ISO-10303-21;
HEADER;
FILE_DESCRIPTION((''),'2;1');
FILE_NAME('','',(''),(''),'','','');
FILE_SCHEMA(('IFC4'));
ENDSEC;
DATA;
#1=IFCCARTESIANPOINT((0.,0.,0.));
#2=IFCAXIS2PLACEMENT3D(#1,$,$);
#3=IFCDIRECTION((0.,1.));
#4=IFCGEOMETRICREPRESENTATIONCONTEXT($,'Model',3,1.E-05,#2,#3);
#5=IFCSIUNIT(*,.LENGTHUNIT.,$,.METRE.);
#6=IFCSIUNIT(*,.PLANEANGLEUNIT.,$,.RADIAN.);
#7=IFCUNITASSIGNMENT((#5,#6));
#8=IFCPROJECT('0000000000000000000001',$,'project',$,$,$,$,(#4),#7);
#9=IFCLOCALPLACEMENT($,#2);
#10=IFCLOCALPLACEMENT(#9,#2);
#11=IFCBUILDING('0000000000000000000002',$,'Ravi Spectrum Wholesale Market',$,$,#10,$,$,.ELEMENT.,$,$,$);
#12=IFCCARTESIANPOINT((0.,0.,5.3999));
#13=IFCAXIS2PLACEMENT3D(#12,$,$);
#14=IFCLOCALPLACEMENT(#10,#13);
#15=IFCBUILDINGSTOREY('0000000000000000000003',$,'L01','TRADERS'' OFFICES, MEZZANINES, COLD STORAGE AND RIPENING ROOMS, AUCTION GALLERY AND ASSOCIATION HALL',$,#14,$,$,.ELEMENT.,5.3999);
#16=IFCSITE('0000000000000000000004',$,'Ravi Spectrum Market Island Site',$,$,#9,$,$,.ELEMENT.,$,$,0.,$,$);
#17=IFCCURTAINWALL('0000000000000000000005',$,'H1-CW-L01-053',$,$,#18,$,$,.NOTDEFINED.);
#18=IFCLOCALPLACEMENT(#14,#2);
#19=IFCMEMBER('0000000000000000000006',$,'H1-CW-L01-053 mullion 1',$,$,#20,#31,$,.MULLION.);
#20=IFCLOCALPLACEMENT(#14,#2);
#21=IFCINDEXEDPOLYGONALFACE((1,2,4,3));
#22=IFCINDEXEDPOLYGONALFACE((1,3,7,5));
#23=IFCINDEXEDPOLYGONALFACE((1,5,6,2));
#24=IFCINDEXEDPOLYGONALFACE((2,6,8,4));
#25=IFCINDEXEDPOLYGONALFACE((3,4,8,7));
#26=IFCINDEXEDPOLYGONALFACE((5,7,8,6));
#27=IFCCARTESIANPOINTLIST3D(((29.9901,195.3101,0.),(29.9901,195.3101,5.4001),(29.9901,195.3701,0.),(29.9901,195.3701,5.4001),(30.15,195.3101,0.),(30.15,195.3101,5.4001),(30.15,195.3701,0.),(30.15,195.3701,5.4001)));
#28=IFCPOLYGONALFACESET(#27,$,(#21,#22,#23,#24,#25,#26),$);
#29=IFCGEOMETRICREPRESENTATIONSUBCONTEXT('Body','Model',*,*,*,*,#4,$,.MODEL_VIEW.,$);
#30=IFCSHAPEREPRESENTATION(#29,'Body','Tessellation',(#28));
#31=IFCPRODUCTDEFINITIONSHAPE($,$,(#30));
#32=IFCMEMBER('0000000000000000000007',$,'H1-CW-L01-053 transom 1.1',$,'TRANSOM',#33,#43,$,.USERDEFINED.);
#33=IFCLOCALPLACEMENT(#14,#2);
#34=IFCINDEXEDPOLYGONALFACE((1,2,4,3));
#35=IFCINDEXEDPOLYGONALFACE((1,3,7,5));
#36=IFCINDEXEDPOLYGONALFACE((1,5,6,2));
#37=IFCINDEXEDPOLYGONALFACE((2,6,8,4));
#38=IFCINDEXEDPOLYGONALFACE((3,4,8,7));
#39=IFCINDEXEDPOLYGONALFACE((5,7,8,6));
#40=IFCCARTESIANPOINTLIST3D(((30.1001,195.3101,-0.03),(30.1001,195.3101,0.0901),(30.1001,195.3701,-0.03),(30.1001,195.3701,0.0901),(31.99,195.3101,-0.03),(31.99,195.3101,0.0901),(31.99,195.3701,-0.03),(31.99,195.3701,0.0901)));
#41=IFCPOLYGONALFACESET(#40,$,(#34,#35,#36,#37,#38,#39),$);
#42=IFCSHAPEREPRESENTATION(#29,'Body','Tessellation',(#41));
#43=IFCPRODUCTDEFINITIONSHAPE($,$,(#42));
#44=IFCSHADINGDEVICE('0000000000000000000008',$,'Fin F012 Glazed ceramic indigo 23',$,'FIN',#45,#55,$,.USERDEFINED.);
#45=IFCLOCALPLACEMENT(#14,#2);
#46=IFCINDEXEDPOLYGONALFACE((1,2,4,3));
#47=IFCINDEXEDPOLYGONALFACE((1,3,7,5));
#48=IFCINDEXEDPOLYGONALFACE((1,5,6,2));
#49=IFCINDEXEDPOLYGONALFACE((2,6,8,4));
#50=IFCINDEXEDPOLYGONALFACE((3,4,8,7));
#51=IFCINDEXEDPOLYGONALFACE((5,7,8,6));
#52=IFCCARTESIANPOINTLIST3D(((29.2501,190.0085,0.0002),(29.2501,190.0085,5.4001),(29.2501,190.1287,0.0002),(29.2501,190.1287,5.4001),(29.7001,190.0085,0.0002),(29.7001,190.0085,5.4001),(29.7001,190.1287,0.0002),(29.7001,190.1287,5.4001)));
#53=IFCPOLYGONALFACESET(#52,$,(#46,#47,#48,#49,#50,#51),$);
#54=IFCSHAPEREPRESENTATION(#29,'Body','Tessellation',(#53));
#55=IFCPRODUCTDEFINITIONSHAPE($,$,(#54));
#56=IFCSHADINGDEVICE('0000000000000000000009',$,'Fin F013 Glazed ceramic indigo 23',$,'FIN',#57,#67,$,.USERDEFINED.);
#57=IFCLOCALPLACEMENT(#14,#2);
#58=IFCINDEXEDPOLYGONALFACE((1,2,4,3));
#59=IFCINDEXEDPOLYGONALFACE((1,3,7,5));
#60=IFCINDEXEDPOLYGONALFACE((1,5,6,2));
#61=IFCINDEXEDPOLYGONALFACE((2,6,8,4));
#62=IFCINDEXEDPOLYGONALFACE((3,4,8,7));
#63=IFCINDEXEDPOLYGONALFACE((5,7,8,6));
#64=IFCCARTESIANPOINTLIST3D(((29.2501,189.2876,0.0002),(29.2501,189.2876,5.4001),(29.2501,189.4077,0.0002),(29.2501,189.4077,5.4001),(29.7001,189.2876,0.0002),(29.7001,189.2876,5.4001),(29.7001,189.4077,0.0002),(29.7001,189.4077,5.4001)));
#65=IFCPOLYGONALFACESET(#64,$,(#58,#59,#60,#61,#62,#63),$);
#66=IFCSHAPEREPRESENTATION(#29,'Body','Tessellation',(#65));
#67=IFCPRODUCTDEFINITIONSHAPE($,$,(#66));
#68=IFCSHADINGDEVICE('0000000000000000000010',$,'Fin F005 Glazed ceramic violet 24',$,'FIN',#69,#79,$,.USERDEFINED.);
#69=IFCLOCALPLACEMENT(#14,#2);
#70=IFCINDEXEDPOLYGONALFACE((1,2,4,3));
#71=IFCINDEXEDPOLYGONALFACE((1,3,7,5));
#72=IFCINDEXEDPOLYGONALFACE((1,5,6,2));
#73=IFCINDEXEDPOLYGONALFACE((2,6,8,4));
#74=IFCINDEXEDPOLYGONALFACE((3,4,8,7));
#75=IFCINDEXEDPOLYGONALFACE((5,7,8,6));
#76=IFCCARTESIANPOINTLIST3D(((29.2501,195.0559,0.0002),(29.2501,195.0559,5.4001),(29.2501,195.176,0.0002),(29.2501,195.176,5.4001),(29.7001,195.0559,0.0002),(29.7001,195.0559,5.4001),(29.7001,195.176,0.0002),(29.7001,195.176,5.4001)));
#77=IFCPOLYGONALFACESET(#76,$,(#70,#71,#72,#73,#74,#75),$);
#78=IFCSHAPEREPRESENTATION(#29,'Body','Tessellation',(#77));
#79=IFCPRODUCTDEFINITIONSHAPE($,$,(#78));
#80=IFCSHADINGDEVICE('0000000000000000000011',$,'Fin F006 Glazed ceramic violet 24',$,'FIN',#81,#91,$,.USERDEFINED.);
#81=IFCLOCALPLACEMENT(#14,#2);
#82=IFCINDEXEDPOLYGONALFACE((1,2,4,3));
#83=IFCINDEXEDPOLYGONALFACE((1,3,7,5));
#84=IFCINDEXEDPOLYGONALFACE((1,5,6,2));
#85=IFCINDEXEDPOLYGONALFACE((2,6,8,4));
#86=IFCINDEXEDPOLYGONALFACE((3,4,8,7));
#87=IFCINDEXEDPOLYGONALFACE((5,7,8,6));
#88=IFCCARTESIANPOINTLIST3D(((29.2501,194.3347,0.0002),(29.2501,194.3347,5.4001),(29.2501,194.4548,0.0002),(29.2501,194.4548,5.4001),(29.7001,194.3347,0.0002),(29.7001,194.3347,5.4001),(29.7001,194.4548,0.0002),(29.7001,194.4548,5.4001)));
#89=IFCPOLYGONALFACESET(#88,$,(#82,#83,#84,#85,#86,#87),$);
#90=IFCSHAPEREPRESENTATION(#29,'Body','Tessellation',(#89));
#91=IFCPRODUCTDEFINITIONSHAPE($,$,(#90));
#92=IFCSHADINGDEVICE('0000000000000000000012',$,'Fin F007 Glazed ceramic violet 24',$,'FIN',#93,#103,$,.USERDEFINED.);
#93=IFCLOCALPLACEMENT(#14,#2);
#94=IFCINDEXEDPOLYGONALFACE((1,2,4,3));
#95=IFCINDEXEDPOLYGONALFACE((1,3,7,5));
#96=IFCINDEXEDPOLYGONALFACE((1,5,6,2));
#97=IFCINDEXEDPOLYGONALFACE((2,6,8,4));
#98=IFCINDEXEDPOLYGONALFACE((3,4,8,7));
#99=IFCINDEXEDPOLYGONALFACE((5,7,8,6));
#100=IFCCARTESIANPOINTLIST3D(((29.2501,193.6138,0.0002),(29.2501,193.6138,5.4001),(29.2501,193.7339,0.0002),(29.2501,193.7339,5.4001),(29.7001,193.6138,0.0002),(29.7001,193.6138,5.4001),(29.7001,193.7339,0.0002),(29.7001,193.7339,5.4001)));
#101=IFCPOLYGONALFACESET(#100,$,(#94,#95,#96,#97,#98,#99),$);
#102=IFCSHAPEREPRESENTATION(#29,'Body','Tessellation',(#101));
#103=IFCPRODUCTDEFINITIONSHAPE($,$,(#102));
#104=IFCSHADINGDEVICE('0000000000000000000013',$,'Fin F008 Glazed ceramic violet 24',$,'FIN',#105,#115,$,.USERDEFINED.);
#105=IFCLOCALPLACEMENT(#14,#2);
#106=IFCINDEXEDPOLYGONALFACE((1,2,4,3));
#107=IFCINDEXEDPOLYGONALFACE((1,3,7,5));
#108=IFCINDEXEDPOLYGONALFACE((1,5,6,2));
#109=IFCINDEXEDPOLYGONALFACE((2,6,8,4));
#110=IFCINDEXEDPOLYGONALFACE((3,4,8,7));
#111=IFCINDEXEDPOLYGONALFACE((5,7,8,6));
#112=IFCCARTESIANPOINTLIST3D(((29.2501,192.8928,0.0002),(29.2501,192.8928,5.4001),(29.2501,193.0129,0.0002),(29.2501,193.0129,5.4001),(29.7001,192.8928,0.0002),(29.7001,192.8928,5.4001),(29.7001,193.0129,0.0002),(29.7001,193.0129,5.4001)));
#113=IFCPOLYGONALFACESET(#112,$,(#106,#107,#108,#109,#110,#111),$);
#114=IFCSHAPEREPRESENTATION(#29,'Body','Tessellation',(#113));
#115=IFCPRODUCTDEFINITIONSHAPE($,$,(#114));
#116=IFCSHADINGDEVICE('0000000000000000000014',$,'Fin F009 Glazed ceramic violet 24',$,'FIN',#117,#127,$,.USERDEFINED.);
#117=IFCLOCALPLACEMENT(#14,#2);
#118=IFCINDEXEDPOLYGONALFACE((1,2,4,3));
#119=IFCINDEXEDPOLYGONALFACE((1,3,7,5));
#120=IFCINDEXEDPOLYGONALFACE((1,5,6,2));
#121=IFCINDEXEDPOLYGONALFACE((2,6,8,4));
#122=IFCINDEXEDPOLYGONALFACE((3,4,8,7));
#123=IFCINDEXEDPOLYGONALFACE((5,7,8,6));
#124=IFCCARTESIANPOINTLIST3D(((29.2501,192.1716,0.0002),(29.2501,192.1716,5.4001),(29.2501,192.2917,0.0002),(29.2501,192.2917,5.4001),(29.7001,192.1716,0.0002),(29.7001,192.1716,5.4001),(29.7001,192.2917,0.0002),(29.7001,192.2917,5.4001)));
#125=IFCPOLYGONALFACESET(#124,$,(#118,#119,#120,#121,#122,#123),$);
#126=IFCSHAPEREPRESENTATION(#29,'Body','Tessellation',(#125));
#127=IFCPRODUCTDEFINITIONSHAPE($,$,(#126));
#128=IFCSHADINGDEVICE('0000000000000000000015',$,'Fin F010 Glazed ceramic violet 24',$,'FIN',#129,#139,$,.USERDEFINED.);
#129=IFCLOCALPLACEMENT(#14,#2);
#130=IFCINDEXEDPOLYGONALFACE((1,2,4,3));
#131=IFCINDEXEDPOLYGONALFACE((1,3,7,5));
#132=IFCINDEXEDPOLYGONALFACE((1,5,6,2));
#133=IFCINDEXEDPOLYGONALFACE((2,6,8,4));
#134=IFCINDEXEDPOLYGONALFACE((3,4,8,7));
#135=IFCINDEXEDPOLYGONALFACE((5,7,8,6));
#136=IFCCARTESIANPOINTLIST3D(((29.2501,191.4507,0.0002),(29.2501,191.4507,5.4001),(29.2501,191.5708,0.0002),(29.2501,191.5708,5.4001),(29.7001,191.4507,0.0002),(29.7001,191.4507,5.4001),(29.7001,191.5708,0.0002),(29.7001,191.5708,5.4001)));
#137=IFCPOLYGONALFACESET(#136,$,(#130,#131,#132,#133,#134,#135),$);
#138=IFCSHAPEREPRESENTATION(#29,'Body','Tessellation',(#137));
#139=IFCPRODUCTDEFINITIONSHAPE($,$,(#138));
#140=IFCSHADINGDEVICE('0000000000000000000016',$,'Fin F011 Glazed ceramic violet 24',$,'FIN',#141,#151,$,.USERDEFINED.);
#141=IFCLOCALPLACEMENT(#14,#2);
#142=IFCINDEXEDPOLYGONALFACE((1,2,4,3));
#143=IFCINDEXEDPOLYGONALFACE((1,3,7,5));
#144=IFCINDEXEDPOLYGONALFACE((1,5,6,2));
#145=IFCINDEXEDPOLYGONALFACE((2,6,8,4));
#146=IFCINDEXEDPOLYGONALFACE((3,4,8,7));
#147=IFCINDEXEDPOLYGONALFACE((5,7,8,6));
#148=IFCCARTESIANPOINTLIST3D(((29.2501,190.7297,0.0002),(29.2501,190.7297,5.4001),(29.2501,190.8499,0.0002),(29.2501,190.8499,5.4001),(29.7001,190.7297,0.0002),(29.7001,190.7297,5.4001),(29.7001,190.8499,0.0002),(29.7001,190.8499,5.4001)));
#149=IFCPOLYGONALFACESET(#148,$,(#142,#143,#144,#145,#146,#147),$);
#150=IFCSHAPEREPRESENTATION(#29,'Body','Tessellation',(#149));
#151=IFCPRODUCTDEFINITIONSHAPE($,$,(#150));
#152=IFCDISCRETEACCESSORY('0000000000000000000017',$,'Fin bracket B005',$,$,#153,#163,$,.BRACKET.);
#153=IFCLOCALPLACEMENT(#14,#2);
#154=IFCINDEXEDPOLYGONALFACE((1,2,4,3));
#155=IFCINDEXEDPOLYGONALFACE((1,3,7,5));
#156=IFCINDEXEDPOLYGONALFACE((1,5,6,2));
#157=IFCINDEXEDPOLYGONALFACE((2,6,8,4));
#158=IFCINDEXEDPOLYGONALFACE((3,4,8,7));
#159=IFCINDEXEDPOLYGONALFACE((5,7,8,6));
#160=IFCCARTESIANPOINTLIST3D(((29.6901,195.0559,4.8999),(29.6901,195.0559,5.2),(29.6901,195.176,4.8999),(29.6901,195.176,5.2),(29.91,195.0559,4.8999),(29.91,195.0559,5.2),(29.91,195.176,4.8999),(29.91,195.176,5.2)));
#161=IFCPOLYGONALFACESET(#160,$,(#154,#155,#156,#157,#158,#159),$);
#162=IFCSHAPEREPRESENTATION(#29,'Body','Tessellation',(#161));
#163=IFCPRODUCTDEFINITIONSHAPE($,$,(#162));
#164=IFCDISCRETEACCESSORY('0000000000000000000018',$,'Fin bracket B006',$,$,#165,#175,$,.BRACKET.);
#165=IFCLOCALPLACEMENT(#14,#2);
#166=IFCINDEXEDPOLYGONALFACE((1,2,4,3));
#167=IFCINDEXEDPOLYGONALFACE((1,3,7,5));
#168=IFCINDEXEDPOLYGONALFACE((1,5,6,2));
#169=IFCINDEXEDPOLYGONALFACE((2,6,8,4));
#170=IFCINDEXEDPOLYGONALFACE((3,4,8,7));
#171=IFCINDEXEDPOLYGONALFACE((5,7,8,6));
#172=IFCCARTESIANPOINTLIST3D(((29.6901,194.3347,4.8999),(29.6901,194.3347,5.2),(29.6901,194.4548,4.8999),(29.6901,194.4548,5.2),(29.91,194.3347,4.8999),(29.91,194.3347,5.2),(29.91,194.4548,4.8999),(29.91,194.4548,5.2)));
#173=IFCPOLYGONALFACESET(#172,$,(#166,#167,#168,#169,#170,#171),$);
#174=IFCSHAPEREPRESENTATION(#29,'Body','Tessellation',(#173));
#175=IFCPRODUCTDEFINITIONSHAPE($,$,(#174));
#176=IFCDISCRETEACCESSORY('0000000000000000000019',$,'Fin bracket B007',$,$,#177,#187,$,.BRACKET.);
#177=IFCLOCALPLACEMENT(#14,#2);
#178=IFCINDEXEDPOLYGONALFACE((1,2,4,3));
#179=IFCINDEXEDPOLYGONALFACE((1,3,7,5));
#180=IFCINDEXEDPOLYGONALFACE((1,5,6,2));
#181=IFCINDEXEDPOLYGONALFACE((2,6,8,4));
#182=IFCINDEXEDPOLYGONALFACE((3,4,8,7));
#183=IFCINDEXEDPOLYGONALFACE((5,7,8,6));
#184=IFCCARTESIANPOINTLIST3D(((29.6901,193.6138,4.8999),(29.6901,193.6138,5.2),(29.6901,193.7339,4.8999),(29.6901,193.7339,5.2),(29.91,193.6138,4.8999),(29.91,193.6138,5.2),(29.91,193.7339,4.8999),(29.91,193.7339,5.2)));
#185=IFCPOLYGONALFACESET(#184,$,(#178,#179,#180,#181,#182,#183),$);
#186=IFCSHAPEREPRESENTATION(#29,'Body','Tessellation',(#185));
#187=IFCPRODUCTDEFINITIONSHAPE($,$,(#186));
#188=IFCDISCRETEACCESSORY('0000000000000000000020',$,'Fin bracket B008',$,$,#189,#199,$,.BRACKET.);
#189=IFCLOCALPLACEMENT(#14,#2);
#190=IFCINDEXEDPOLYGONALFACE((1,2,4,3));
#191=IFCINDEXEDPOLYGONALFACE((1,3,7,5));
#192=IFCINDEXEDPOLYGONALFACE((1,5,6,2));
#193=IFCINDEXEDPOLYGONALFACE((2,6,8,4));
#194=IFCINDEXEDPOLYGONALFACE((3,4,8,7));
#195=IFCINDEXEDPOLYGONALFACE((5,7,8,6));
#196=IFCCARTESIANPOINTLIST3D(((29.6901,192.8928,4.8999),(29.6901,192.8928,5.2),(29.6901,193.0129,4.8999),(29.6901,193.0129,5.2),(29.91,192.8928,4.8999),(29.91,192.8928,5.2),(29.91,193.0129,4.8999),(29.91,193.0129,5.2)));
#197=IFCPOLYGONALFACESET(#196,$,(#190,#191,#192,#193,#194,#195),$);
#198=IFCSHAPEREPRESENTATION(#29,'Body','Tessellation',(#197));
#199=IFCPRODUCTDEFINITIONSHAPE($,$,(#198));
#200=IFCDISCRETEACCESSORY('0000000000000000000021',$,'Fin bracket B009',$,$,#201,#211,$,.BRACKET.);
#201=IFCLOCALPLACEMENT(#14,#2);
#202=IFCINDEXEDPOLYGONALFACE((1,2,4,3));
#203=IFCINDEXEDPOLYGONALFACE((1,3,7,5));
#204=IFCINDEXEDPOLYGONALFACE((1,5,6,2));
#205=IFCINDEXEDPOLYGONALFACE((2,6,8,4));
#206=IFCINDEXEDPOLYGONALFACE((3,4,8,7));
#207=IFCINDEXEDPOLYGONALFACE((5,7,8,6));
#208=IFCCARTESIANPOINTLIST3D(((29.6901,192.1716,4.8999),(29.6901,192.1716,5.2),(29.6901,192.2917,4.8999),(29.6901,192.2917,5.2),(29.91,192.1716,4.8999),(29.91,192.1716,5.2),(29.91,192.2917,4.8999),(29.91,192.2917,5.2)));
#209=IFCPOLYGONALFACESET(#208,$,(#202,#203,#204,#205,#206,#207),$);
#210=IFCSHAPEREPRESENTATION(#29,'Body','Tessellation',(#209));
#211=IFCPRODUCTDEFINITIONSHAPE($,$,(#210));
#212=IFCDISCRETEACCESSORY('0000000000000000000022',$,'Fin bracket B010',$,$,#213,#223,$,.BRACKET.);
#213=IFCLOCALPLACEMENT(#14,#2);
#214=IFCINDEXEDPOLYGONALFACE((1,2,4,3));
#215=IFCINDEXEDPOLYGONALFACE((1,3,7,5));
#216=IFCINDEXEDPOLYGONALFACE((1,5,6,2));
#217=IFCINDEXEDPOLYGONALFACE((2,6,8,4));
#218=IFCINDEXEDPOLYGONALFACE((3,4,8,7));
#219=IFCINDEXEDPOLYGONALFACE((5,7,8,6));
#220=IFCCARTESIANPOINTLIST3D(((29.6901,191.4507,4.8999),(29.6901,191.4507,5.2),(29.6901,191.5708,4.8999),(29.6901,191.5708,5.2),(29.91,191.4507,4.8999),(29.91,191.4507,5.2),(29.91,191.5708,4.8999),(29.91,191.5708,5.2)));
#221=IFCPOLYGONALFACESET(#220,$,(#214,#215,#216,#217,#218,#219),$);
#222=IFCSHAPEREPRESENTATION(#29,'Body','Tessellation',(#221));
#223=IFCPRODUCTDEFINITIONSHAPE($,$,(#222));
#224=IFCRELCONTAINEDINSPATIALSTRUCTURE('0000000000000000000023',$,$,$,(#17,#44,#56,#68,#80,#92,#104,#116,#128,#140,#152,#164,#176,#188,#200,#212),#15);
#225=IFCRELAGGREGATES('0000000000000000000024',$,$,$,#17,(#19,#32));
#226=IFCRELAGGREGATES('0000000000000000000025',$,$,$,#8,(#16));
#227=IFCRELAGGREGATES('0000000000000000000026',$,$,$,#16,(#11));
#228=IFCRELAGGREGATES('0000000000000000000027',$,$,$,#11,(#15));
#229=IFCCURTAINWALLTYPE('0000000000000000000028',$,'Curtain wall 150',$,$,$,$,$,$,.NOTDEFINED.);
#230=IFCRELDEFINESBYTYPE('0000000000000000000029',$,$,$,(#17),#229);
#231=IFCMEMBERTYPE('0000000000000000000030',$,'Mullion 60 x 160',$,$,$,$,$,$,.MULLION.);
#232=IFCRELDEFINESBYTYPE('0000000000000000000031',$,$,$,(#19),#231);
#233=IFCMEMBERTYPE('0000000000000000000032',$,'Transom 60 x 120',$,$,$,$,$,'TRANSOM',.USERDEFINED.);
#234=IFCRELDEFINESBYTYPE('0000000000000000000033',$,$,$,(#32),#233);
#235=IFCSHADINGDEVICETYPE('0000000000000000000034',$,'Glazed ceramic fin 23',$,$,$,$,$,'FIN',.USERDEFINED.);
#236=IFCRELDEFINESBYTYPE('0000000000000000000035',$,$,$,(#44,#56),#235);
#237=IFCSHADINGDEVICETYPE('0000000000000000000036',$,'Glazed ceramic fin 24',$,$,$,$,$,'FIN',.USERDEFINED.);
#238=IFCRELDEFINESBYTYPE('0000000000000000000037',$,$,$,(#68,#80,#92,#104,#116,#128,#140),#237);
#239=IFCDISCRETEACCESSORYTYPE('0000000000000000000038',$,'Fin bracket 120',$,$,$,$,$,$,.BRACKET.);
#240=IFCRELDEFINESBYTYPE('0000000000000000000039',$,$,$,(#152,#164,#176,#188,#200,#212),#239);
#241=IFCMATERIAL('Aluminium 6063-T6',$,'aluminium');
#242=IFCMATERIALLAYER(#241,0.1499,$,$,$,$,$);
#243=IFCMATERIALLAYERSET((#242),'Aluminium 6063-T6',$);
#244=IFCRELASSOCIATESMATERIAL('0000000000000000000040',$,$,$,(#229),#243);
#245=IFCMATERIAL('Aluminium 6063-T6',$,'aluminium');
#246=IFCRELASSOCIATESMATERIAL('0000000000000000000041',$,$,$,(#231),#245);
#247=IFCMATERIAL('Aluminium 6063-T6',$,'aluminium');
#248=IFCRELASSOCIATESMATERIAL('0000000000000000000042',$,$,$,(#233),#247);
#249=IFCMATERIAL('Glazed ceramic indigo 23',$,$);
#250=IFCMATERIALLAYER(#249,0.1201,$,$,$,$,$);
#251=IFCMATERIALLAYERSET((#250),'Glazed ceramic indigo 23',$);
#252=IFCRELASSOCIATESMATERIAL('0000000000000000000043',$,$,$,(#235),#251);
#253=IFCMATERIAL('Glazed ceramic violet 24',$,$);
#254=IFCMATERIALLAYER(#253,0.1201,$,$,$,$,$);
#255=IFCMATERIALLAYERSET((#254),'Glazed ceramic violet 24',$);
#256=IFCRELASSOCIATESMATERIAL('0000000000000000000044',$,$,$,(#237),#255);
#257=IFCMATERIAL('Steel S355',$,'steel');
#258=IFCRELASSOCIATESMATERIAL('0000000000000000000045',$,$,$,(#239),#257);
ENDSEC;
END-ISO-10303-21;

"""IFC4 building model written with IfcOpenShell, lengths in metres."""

from ifc_helpers import new_model, si_unit, direction, frame, origin, origin_2d, place, context, subcontext, project, spatial, rectangle, extrude, material, layer, layer_set, material_profile, profile_set, type_object, element, aggregate, save


model = new_model("IFC4")

# Units and contexts
model_context = context("Model", 3, precision=1e-05, world=origin(), true_north=direction((0.0, 1.0)))
body_context = subcontext(model_context, "Body", "Model", "MODEL_VIEW")
ifc_project = project(units=[si_unit("LENGTHUNIT", "METRE"), si_unit("PLANEANGLEUNIT", "RADIAN")], contexts=[model_context])

# Site, building, storey
site_placement = place(None, origin())
site = spatial("IfcSite", under=ifc_project, at=site_placement, Name="Ravi Spectrum Market Island Site", CompositionType="ELEMENT", RefElevation=0.0)
building_placement = place(site_placement, origin())
building = spatial("IfcBuilding", under=site, at=building_placement, Name="Ravi Spectrum Wholesale Market", CompositionType="ELEMENT")
storey_placement = place(building_placement, frame((0.0, 0.0, 5.3999)))
storey = spatial("IfcBuildingStorey", under=building, at=storey_placement, Name="L01", Description="TRADERS' OFFICES, MEZZANINES, COLD STORAGE AND RIPENING ROOMS, AUCTION GALLERY AND ASSOCIATION HALL", CompositionType="ELEMENT", Elevation=5.3999)

# Curtain wall, members
ifc_material_1 = material(Name="Aluminium 6063-T6", Category="aluminium")
ifc_layer_1 = layer(ifc_material_1, 0.1499)
ifc_layer_set_1 = layer_set([ifc_layer_1], Name="Aluminium 6063-T6")
curtain_wall_type = type_object("IfcCurtainWallType", Name="Curtain wall 150", PredefinedType="NOTDEFINED", material=ifc_layer_set_1)
curtain_wall_placement = place(storey_placement, origin())
curtain_wall = element("IfcCurtainWall", 1, at=curtain_wall_placement, inside=storey, type_object=curtain_wall_type, Name="H1-CW-L01-053", PredefinedType="NOTDEFINED")
ifc_material_2 = material(Name="Aluminium 6063-T6", Category="aluminium")
ifc_material_profile_1 = material_profile(ifc_material_2, rectangle(XDim=0.0601, YDim=0.1599, at=origin_2d()))
ifc_profile_set_1 = profile_set([ifc_material_profile_1], Name="Aluminium 6063-T6")
member_type_1 = type_object("IfcMemberType", Name="Mullion 60 x 160", PredefinedType="MULLION", material=ifc_profile_set_1)
member_1_placement = place(storey_placement, frame((30.0701, 195.3401, 0.0), z_axis=(0.0, 0.0, 1.0), x_axis=(0.0, 1.0, 0.0)))
member_1 = element("IfcMember", 2, at=member_1_placement, type_object=member_type_1, Name="H1-CW-L01-053 mullion 1", PredefinedType="MULLION", context=body_context, shape_type="SweptSolid", body=[
    extrude(rectangle(XDim=0.0601, YDim=0.1599, at=origin_2d()), origin(), (0.0, 0.0, 1.0), 5.4001),
])
ifc_material_3 = material(Name="Aluminium 6063-T6", Category="aluminium")
ifc_material_profile_2 = material_profile(ifc_material_3, rectangle(XDim=0.0601, YDim=0.1201, at=origin_2d()))
ifc_profile_set_2 = profile_set([ifc_material_profile_2], Name="Aluminium 6063-T6")
member_type_2 = type_object("IfcMemberType", Name="Transom 60 x 120", ElementType="TRANSOM", PredefinedType="USERDEFINED", material=ifc_profile_set_2)
member_2_placement = place(storey_placement, frame((30.1001, 195.3401, 0.03), z_axis=(1.0, 0.0, 0.0), x_axis=(0.0, 1.0, 0.0)))
member_2 = element("IfcMember", 3, at=member_2_placement, type_object=member_type_2, Name="H1-CW-L01-053 transom 1.1", ObjectType="TRANSOM", PredefinedType="USERDEFINED", context=body_context, shape_type="SweptSolid", body=[
    extrude(rectangle(XDim=0.0601, YDim=0.1201, at=origin_2d()), origin(), (0.0, 0.0, 1.0), 1.8899),
])
aggregate(curtain_wall, [member_1, member_2])

# Shading devices
ifc_material_4 = material(Name="Glazed ceramic indigo 23")
ifc_layer_2 = layer(ifc_material_4, 0.1201)
ifc_layer_set_2 = layer_set([ifc_layer_2], Name="Glazed ceramic indigo 23")
shading_device_type_1 = type_object("IfcShadingDeviceType", Name="Glazed ceramic fin 23", ElementType="FIN", PredefinedType="USERDEFINED", material=ifc_layer_set_2)
for number, where, z_axis, x_axis, name in (
    (4, (29.4751, 190.0686, 0.0002), (0.0, 0.0, 1.0), (0.0, -1.0, 0.0), "Fin F012 Glazed ceramic indigo 23"),
    (5, (29.4751, 189.3477, 0.0002), (0.0, 0.0, 1.0), (0.0, -1.0, 0.0), "Fin F013 Glazed ceramic indigo 23"),
):
    element("IfcShadingDevice", number, at=place(storey_placement, frame(where, z_axis=z_axis, x_axis=x_axis)), inside=storey, type_object=shading_device_type_1, Name=name, ObjectType="FIN", PredefinedType="USERDEFINED", context=body_context, shape_type="SweptSolid", body=[
        extrude(rectangle(XDim=0.1201, YDim=0.45, at=origin_2d()), origin(), (0.0, 0.0, 1.0), 5.3999),
    ])
ifc_material_5 = material(Name="Glazed ceramic violet 24")
ifc_layer_3 = layer(ifc_material_5, 0.1201)
ifc_layer_set_3 = layer_set([ifc_layer_3], Name="Glazed ceramic violet 24")
shading_device_type_2 = type_object("IfcShadingDeviceType", Name="Glazed ceramic fin 24", ElementType="FIN", PredefinedType="USERDEFINED", material=ifc_layer_set_3)
for number, where, z_axis, x_axis, name in (
    (6, (29.4751, 195.116, 0.0002), (0.0, 0.0, 1.0), (0.0, -1.0, 0.0), "Fin F005 Glazed ceramic violet 24"),
    (7, (29.4751, 194.3948, 0.0002), (0.0, 0.0, 1.0), (0.0, -1.0, 0.0), "Fin F006 Glazed ceramic violet 24"),
    (8, (29.4751, 193.6738, 0.0002), (0.0, 0.0, 1.0), (0.0, -1.0, 0.0), "Fin F007 Glazed ceramic violet 24"),
    (9, (29.4751, 192.9529, 0.0002), (0.0, 0.0, 1.0), (0.0, -1.0, 0.0), "Fin F008 Glazed ceramic violet 24"),
    (10, (29.4751, 192.2317, 0.0002), (0.0, 0.0, 1.0), (0.0, -1.0, 0.0), "Fin F009 Glazed ceramic violet 24"),
    (11, (29.4751, 191.5107, 0.0002), (0.0, 0.0, 1.0), (0.0, -1.0, 0.0), "Fin F010 Glazed ceramic violet 24"),
    (12, (29.4751, 190.7898, 0.0002), (0.0, 0.0, 1.0), (0.0, -1.0, 0.0), "Fin F011 Glazed ceramic violet 24"),
):
    element("IfcShadingDevice", number, at=place(storey_placement, frame(where, z_axis=z_axis, x_axis=x_axis)), inside=storey, type_object=shading_device_type_2, Name=name, ObjectType="FIN", PredefinedType="USERDEFINED", context=body_context, shape_type="SweptSolid", body=[
        extrude(rectangle(XDim=0.1201, YDim=0.45, at=origin_2d()), origin(), (0.0, 0.0, 1.0), 5.3999),
    ])

# Discrete accessories
ifc_material_6 = material(Name="Steel S355", Category="steel")
discrete_accessory_type_1 = type_object("IfcDiscreteAccessoryType", Name="Fin bracket 120", PredefinedType="BRACKET", material=ifc_material_6)
for number, where, z_axis, x_axis, name in (
    (13, (29.8, 195.116, 4.8999), (0.0, 0.0, 1.0), (0.0, -1.0, 0.0), "Fin bracket B005"),
    (14, (29.8, 194.3948, 4.8999), (0.0, 0.0, 1.0), (0.0, -1.0, 0.0), "Fin bracket B006"),
    (15, (29.8, 193.6738, 4.8999), (0.0, 0.0, 1.0), (0.0, -1.0, 0.0), "Fin bracket B007"),
    (16, (29.8, 192.9529, 4.8999), (0.0, 0.0, 1.0), (0.0, -1.0, 0.0), "Fin bracket B008"),
    (17, (29.8, 192.2317, 4.8999), (0.0, 0.0, 1.0), (0.0, -1.0, 0.0), "Fin bracket B009"),
    (18, (29.8, 191.5107, 4.8999), (0.0, 0.0, 1.0), (0.0, -1.0, 0.0), "Fin bracket B010"),
):
    element("IfcDiscreteAccessory", number, at=place(storey_placement, frame(where, z_axis=z_axis, x_axis=x_axis)), inside=storey, type_object=discrete_accessory_type_1, Name=name, PredefinedType="BRACKET", context=body_context, shape_type="SweptSolid", body=[
        extrude(rectangle(XDim=0.1201, YDim=0.22, at=origin_2d()), origin(), (0.0, 0.0, 1.0), 0.3),
    ])

save(model, "model.ifc")
